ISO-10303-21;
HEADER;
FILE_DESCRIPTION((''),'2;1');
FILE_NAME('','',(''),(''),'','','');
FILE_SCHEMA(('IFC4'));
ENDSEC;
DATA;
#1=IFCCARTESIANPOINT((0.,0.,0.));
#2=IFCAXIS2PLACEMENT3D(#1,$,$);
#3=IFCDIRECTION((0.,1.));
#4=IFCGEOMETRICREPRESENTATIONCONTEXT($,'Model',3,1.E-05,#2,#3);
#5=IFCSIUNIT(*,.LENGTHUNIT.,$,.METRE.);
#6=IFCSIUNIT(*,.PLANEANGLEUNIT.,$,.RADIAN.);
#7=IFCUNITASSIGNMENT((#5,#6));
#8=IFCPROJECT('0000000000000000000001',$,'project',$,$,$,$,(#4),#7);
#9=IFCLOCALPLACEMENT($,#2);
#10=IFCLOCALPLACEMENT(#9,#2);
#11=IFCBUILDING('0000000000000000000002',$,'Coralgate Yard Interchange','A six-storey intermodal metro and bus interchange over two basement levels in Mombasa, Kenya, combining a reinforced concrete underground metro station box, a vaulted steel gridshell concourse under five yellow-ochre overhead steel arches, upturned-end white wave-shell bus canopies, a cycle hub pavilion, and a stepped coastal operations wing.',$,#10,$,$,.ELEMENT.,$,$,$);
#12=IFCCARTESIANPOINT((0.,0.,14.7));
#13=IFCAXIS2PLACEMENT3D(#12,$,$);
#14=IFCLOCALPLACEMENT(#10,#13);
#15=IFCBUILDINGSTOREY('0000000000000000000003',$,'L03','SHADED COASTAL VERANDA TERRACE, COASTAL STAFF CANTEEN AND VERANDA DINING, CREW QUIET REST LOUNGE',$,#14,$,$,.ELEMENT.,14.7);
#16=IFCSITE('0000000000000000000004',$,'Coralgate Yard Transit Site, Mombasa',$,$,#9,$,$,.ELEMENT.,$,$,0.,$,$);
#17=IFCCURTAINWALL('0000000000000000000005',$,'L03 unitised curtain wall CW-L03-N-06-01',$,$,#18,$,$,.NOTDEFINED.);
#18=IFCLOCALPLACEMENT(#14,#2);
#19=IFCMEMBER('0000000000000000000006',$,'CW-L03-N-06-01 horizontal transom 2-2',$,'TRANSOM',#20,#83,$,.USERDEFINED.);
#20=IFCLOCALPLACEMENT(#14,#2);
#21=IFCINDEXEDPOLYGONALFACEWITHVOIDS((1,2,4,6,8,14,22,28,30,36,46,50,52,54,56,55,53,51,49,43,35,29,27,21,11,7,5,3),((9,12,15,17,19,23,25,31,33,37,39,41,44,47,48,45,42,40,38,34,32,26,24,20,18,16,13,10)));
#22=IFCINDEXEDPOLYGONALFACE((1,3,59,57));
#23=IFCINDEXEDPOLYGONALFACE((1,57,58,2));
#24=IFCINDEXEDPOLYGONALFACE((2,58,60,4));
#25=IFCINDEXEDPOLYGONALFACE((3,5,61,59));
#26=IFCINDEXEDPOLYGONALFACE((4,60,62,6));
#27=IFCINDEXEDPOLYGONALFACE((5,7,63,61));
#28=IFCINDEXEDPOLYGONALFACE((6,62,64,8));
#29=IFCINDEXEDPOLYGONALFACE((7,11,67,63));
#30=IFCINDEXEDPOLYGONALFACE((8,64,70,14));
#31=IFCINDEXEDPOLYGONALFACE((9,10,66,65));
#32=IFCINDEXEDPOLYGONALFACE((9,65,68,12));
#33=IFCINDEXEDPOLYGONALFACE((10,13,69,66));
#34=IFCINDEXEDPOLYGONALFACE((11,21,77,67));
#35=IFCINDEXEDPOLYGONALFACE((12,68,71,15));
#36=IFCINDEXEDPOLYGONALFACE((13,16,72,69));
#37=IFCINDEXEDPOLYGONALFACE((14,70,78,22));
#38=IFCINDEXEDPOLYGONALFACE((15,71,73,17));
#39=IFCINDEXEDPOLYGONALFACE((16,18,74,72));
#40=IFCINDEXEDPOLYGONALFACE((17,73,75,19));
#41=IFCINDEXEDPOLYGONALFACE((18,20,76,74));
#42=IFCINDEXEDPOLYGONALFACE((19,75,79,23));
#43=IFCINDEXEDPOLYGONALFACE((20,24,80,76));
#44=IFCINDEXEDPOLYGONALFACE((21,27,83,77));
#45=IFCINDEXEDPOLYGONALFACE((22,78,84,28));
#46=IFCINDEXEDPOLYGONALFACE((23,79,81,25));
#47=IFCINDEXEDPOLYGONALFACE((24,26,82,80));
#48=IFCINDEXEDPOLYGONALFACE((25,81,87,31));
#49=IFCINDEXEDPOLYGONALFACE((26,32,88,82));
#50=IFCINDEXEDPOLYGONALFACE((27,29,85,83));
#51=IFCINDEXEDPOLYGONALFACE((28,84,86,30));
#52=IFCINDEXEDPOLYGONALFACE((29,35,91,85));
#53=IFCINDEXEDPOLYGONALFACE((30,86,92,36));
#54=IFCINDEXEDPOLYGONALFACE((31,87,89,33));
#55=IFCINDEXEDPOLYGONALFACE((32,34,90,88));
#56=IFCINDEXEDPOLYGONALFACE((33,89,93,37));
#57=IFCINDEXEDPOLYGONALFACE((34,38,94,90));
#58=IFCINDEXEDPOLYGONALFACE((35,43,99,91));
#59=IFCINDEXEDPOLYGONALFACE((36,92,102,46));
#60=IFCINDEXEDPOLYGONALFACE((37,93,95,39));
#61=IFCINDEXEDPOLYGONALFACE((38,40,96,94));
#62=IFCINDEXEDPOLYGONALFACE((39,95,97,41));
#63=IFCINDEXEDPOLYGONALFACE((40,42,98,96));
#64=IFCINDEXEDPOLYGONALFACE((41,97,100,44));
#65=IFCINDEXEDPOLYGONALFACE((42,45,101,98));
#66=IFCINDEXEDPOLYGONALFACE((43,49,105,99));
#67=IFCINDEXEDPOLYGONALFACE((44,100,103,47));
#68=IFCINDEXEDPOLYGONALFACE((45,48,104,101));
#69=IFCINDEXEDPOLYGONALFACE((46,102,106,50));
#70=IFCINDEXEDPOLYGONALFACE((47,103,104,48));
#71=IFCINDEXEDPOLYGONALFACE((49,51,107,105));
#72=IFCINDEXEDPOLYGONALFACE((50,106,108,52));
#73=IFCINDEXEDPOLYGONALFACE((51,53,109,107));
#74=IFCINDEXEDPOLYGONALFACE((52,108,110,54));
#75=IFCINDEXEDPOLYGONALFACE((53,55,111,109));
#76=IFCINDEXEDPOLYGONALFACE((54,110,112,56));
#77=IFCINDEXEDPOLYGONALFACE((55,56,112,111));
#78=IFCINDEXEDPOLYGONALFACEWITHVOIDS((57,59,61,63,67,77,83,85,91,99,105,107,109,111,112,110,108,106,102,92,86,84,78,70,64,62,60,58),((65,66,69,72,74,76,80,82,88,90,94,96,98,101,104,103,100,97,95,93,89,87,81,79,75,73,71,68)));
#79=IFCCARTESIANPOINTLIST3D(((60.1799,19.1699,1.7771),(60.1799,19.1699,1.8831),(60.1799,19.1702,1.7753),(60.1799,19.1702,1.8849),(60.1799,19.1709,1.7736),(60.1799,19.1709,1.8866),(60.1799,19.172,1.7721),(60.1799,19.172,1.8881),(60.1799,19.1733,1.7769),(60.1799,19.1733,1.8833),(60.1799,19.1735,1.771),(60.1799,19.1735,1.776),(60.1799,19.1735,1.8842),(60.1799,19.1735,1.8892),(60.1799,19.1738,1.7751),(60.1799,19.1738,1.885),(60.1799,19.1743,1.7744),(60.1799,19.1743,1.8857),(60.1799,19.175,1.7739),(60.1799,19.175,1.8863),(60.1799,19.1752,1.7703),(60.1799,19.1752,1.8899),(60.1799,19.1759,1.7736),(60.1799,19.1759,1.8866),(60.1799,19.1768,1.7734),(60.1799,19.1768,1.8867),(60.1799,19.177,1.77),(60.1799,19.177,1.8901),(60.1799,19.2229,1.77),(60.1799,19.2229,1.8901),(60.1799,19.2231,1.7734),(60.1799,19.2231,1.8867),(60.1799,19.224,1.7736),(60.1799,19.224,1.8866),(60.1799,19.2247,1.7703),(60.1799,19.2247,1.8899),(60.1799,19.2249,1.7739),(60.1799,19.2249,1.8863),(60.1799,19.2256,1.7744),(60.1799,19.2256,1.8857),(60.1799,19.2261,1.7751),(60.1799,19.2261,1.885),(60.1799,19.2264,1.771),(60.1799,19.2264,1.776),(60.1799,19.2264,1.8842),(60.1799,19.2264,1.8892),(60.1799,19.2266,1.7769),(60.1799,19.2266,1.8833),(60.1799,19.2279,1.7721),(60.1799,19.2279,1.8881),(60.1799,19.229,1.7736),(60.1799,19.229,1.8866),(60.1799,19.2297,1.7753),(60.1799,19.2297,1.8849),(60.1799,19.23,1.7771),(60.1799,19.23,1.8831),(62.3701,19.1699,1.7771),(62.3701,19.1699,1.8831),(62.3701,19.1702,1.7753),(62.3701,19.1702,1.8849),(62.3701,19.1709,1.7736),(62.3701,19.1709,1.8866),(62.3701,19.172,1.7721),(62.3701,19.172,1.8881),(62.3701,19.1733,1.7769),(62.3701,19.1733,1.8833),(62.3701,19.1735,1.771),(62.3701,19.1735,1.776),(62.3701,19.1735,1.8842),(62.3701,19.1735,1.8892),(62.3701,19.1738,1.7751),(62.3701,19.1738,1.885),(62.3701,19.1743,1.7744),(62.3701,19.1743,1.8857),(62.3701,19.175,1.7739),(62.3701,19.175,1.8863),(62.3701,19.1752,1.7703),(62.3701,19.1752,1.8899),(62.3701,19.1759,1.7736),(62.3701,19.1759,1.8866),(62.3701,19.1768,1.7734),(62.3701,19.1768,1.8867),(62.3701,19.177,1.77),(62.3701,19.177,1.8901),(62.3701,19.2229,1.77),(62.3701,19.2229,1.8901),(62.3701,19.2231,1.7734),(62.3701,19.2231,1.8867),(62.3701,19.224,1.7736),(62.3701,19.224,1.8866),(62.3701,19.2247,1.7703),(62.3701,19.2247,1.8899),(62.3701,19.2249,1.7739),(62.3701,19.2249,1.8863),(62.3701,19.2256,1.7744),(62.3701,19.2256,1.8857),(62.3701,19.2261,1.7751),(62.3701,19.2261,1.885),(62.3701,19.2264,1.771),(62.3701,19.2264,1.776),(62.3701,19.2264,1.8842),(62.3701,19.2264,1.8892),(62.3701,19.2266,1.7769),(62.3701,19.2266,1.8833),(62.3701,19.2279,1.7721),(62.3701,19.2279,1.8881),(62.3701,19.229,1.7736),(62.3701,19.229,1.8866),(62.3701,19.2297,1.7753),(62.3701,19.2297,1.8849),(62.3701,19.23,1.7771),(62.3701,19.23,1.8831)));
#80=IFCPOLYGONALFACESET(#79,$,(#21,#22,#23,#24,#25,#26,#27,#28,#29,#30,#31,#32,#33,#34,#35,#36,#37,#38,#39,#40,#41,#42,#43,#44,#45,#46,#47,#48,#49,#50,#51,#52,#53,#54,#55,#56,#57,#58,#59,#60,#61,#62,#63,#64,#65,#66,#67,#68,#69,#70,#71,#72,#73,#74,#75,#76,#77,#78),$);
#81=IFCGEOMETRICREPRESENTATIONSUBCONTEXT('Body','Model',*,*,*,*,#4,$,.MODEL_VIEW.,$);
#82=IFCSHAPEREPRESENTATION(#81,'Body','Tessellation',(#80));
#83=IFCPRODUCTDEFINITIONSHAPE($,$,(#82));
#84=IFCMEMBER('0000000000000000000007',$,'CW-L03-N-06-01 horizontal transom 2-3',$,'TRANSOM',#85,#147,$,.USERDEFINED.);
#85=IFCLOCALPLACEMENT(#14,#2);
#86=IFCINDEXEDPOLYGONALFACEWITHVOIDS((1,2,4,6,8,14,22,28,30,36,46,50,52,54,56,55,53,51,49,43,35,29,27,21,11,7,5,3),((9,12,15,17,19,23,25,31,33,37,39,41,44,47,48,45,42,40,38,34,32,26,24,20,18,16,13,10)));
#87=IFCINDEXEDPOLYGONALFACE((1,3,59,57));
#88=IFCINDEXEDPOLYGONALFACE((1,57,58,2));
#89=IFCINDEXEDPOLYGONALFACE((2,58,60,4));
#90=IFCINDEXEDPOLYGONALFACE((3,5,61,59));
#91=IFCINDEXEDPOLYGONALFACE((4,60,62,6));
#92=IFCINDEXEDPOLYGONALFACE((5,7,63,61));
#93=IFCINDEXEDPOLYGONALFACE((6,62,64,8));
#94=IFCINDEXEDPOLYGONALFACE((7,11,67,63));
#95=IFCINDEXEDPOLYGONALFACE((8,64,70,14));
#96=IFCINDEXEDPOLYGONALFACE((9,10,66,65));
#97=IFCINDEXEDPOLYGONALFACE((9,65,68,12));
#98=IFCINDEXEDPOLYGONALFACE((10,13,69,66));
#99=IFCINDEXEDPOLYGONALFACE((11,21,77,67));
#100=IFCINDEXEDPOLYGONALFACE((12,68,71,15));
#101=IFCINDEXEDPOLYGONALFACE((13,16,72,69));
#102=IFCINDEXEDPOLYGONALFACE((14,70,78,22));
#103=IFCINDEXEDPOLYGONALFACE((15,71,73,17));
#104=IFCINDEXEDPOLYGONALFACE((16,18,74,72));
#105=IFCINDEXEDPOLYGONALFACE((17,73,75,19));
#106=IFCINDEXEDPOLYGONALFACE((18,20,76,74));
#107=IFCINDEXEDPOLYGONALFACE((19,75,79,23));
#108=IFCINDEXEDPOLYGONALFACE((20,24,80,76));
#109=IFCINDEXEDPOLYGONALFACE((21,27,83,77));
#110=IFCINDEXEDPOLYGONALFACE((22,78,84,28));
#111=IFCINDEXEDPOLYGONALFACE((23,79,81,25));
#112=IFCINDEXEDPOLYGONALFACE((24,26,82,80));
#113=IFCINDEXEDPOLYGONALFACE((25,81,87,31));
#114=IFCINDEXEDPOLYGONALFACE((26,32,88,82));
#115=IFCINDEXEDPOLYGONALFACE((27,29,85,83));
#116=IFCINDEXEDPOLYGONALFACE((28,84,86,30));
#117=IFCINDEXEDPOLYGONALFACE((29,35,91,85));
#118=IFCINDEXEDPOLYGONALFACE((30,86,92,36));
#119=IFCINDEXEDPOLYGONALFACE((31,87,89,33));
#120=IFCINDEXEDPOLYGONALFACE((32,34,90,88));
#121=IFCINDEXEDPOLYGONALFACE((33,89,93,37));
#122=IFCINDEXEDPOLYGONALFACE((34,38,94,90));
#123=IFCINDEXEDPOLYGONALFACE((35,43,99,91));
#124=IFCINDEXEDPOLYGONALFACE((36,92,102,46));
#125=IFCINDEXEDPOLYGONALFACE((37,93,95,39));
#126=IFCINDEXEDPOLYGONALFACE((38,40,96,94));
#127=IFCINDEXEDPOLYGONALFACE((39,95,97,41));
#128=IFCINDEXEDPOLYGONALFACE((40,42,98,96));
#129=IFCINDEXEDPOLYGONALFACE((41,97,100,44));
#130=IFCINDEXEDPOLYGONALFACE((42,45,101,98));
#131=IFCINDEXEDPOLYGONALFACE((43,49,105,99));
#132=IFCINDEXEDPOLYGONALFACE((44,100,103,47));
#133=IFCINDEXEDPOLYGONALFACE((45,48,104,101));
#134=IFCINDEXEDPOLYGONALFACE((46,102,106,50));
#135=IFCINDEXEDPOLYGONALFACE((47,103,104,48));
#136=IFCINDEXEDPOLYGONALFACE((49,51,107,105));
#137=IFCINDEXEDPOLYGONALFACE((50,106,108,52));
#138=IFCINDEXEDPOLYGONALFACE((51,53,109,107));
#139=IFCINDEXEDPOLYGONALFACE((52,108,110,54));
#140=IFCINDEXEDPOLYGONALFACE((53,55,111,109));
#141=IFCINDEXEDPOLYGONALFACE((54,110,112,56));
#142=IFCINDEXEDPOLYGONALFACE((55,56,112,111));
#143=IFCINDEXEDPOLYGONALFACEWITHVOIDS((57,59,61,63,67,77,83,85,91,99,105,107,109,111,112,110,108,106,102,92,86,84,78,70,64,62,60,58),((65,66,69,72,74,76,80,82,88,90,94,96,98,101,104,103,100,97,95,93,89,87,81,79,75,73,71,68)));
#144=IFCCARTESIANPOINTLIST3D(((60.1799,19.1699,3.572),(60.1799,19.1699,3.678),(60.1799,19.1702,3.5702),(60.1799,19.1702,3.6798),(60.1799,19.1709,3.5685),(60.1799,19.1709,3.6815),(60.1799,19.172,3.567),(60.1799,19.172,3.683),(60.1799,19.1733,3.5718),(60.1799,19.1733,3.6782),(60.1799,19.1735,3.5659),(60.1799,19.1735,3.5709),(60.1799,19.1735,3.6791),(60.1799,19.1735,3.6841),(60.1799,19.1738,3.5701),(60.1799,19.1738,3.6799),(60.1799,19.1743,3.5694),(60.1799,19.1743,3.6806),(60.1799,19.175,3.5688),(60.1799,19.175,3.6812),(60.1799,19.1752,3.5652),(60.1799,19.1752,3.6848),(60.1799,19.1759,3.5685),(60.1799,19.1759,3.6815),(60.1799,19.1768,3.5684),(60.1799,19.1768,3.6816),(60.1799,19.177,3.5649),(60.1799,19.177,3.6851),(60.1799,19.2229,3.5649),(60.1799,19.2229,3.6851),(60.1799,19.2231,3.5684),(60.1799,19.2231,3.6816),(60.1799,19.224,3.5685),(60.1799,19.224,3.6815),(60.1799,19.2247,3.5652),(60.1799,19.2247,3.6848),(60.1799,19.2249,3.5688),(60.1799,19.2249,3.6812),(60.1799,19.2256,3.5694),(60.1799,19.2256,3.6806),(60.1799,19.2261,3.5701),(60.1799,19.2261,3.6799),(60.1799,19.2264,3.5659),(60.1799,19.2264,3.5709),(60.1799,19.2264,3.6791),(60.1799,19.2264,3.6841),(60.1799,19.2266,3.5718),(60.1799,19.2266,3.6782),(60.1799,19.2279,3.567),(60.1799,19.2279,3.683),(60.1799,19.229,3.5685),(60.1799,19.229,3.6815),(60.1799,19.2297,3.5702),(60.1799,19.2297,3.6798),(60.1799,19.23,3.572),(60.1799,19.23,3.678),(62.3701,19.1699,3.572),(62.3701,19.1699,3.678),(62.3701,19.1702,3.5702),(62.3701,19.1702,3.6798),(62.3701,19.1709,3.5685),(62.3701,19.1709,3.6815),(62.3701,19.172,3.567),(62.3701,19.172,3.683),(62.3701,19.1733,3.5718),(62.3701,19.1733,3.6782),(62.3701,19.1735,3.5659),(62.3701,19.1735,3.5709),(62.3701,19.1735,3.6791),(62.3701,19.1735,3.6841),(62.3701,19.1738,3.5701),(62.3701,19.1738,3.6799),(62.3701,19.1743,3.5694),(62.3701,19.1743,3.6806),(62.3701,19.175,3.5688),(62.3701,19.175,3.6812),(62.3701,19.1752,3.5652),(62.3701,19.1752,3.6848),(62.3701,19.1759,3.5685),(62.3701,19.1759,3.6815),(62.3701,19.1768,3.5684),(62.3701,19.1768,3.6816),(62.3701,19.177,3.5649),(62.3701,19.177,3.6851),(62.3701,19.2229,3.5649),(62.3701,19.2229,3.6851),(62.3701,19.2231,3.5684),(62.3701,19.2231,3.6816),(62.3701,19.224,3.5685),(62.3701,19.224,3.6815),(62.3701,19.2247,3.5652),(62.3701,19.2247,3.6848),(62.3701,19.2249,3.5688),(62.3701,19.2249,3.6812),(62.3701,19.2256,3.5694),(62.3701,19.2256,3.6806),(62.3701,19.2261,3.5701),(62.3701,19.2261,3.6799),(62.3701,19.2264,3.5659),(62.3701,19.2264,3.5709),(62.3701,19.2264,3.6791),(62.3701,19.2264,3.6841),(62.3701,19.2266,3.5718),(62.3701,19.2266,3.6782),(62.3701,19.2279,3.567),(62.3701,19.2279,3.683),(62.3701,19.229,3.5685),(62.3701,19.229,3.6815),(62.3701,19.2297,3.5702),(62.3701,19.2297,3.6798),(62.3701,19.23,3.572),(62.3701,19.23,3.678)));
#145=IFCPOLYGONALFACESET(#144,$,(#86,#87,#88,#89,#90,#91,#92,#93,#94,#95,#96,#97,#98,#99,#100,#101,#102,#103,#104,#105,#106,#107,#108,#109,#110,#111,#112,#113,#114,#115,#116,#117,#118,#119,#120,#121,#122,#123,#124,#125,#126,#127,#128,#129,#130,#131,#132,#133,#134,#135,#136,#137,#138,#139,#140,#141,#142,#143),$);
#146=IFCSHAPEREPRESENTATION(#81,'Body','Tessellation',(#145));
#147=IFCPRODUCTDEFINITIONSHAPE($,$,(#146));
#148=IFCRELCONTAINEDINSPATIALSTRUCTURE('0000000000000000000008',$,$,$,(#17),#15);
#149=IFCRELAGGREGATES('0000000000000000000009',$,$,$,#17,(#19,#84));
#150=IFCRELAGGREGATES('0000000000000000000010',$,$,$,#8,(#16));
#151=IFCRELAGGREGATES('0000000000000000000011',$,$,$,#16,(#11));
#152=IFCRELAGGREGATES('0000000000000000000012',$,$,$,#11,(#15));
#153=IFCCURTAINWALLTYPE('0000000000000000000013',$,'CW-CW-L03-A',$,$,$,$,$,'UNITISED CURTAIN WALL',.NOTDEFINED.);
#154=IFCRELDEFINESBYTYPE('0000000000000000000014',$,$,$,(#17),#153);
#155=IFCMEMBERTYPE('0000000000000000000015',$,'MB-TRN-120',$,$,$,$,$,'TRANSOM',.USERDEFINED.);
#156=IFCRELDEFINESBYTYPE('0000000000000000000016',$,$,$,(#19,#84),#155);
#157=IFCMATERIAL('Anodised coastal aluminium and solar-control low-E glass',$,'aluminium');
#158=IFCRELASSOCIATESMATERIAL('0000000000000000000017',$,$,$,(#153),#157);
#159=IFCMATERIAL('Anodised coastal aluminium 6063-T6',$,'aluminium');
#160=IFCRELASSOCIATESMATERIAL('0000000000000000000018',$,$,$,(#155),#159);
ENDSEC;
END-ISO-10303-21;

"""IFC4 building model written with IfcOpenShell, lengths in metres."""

from ifc_helpers import new_model, si_unit, direction, frame, origin, origin_2d, place, context, subcontext, project, spatial, hollow_rectangle, extrude, material, material_profile, profile_set, type_object, element, aggregate, save


model = new_model("IFC4")

# Units and contexts
model_context = context("Model", 3, precision=1e-05, world=origin(), true_north=direction((0.0, 1.0)))
body_context = subcontext(model_context, "Body", "Model", "MODEL_VIEW")
ifc_project = project(units=[si_unit("LENGTHUNIT", "METRE"), si_unit("PLANEANGLEUNIT", "RADIAN")], contexts=[model_context])

# Site, building, storey
site_placement = place(None, origin())
site = spatial("IfcSite", under=ifc_project, at=site_placement, Name="Coralgate Yard Transit Site, Mombasa", CompositionType="ELEMENT", RefElevation=0.0)
building_placement = place(site_placement, origin())
building = spatial("IfcBuilding", under=site, at=building_placement, Name="Coralgate Yard Interchange", Description="A six-storey intermodal metro and bus interchange over two basement levels in Mombasa, Kenya, combining a reinforced concrete underground metro station box, a vaulted steel gridshell concourse under five yellow-ochre overhead steel arches, upturned-end white wave-shell bus canopies, a cycle hub pavilion, and a stepped coastal operations wing.", CompositionType="ELEMENT")
storey_placement = place(building_placement, frame((0.0, 0.0, 14.7)))
storey = spatial("IfcBuildingStorey", under=building, at=storey_placement, Name="L03", Description="SHADED COASTAL VERANDA TERRACE, COASTAL STAFF CANTEEN AND VERANDA DINING, CREW QUIET REST LOUNGE", CompositionType="ELEMENT", Elevation=14.7)

# Shared definitions
ifc_material_1 = material(Name="Anodised coastal aluminium and solar-control low-E glass", Category="aluminium")
curtain_wall_type = type_object("IfcCurtainWallType", Name="CW-CW-L03-A", ElementType="UNITISED CURTAIN WALL", PredefinedType="NOTDEFINED", material=ifc_material_1)
ifc_material_2 = material(Name="Anodised coastal aluminium 6063-T6", Category="aluminium")

# Curtain wall, members
curtain_wall_1_placement = place(storey_placement, origin())
curtain_wall_1 = element("IfcCurtainWall", 1, at=curtain_wall_1_placement, inside=storey, type_object=curtain_wall_type, Name="L03 unitised curtain wall CW-L03-N-06-01", PredefinedType="NOTDEFINED")
ifc_material_profile_1 = material_profile(ifc_material_2, hollow_rectangle(XDim=0.0601, YDim=0.1201, WallThickness=0.0034, InnerFilletRadius=0.0034, OuterFilletRadius=0.0071, at=origin_2d()), Name="ALU 60x120x3.5")
ifc_profile_set_1 = profile_set([ifc_material_profile_1], Name="Anodised coastal aluminium 6063-T6")
member_type_1 = type_object("IfcMemberType", Name="MB-TRN-120", ElementType="TRANSOM", PredefinedType="USERDEFINED", material=ifc_profile_set_1)
member_1_placement = place(storey_placement, frame((60.1799, 19.2, 1.8301), z_axis=(1.0, 0.0, 0.0), x_axis=(0.0, 1.0, 0.0)))
member_1 = element("IfcMember", 2, at=member_1_placement, type_object=member_type_1, Name="CW-L03-N-06-01 horizontal transom 2-2", ObjectType="TRANSOM", PredefinedType="USERDEFINED", context=body_context, shape_type="SweptSolid", body=[
    extrude(hollow_rectangle(XDim=0.0601, YDim=0.1201, WallThickness=0.0034, InnerFilletRadius=0.0034, OuterFilletRadius=0.0071, at=origin_2d()), origin(), (0.0, 0.0, 1.0), 2.1902),
])
member_2_placement = place(storey_placement, frame((60.1799, 19.2, 3.625), z_axis=(1.0, 0.0, 0.0), x_axis=(0.0, 1.0, 0.0)))
member_2 = element("IfcMember", 3, at=member_2_placement, type_object=member_type_1, Name="CW-L03-N-06-01 horizontal transom 2-3", ObjectType="TRANSOM", PredefinedType="USERDEFINED", context=body_context, shape_type="SweptSolid", body=[
    extrude(hollow_rectangle(XDim=0.0601, YDim=0.1201, WallThickness=0.0034, InnerFilletRadius=0.0034, OuterFilletRadius=0.0071, at=origin_2d()), origin(), (0.0, 0.0, 1.0), 2.1902),
])

aggregate(curtain_wall_1, [member_1, member_2])

save(model, "model.ifc")
